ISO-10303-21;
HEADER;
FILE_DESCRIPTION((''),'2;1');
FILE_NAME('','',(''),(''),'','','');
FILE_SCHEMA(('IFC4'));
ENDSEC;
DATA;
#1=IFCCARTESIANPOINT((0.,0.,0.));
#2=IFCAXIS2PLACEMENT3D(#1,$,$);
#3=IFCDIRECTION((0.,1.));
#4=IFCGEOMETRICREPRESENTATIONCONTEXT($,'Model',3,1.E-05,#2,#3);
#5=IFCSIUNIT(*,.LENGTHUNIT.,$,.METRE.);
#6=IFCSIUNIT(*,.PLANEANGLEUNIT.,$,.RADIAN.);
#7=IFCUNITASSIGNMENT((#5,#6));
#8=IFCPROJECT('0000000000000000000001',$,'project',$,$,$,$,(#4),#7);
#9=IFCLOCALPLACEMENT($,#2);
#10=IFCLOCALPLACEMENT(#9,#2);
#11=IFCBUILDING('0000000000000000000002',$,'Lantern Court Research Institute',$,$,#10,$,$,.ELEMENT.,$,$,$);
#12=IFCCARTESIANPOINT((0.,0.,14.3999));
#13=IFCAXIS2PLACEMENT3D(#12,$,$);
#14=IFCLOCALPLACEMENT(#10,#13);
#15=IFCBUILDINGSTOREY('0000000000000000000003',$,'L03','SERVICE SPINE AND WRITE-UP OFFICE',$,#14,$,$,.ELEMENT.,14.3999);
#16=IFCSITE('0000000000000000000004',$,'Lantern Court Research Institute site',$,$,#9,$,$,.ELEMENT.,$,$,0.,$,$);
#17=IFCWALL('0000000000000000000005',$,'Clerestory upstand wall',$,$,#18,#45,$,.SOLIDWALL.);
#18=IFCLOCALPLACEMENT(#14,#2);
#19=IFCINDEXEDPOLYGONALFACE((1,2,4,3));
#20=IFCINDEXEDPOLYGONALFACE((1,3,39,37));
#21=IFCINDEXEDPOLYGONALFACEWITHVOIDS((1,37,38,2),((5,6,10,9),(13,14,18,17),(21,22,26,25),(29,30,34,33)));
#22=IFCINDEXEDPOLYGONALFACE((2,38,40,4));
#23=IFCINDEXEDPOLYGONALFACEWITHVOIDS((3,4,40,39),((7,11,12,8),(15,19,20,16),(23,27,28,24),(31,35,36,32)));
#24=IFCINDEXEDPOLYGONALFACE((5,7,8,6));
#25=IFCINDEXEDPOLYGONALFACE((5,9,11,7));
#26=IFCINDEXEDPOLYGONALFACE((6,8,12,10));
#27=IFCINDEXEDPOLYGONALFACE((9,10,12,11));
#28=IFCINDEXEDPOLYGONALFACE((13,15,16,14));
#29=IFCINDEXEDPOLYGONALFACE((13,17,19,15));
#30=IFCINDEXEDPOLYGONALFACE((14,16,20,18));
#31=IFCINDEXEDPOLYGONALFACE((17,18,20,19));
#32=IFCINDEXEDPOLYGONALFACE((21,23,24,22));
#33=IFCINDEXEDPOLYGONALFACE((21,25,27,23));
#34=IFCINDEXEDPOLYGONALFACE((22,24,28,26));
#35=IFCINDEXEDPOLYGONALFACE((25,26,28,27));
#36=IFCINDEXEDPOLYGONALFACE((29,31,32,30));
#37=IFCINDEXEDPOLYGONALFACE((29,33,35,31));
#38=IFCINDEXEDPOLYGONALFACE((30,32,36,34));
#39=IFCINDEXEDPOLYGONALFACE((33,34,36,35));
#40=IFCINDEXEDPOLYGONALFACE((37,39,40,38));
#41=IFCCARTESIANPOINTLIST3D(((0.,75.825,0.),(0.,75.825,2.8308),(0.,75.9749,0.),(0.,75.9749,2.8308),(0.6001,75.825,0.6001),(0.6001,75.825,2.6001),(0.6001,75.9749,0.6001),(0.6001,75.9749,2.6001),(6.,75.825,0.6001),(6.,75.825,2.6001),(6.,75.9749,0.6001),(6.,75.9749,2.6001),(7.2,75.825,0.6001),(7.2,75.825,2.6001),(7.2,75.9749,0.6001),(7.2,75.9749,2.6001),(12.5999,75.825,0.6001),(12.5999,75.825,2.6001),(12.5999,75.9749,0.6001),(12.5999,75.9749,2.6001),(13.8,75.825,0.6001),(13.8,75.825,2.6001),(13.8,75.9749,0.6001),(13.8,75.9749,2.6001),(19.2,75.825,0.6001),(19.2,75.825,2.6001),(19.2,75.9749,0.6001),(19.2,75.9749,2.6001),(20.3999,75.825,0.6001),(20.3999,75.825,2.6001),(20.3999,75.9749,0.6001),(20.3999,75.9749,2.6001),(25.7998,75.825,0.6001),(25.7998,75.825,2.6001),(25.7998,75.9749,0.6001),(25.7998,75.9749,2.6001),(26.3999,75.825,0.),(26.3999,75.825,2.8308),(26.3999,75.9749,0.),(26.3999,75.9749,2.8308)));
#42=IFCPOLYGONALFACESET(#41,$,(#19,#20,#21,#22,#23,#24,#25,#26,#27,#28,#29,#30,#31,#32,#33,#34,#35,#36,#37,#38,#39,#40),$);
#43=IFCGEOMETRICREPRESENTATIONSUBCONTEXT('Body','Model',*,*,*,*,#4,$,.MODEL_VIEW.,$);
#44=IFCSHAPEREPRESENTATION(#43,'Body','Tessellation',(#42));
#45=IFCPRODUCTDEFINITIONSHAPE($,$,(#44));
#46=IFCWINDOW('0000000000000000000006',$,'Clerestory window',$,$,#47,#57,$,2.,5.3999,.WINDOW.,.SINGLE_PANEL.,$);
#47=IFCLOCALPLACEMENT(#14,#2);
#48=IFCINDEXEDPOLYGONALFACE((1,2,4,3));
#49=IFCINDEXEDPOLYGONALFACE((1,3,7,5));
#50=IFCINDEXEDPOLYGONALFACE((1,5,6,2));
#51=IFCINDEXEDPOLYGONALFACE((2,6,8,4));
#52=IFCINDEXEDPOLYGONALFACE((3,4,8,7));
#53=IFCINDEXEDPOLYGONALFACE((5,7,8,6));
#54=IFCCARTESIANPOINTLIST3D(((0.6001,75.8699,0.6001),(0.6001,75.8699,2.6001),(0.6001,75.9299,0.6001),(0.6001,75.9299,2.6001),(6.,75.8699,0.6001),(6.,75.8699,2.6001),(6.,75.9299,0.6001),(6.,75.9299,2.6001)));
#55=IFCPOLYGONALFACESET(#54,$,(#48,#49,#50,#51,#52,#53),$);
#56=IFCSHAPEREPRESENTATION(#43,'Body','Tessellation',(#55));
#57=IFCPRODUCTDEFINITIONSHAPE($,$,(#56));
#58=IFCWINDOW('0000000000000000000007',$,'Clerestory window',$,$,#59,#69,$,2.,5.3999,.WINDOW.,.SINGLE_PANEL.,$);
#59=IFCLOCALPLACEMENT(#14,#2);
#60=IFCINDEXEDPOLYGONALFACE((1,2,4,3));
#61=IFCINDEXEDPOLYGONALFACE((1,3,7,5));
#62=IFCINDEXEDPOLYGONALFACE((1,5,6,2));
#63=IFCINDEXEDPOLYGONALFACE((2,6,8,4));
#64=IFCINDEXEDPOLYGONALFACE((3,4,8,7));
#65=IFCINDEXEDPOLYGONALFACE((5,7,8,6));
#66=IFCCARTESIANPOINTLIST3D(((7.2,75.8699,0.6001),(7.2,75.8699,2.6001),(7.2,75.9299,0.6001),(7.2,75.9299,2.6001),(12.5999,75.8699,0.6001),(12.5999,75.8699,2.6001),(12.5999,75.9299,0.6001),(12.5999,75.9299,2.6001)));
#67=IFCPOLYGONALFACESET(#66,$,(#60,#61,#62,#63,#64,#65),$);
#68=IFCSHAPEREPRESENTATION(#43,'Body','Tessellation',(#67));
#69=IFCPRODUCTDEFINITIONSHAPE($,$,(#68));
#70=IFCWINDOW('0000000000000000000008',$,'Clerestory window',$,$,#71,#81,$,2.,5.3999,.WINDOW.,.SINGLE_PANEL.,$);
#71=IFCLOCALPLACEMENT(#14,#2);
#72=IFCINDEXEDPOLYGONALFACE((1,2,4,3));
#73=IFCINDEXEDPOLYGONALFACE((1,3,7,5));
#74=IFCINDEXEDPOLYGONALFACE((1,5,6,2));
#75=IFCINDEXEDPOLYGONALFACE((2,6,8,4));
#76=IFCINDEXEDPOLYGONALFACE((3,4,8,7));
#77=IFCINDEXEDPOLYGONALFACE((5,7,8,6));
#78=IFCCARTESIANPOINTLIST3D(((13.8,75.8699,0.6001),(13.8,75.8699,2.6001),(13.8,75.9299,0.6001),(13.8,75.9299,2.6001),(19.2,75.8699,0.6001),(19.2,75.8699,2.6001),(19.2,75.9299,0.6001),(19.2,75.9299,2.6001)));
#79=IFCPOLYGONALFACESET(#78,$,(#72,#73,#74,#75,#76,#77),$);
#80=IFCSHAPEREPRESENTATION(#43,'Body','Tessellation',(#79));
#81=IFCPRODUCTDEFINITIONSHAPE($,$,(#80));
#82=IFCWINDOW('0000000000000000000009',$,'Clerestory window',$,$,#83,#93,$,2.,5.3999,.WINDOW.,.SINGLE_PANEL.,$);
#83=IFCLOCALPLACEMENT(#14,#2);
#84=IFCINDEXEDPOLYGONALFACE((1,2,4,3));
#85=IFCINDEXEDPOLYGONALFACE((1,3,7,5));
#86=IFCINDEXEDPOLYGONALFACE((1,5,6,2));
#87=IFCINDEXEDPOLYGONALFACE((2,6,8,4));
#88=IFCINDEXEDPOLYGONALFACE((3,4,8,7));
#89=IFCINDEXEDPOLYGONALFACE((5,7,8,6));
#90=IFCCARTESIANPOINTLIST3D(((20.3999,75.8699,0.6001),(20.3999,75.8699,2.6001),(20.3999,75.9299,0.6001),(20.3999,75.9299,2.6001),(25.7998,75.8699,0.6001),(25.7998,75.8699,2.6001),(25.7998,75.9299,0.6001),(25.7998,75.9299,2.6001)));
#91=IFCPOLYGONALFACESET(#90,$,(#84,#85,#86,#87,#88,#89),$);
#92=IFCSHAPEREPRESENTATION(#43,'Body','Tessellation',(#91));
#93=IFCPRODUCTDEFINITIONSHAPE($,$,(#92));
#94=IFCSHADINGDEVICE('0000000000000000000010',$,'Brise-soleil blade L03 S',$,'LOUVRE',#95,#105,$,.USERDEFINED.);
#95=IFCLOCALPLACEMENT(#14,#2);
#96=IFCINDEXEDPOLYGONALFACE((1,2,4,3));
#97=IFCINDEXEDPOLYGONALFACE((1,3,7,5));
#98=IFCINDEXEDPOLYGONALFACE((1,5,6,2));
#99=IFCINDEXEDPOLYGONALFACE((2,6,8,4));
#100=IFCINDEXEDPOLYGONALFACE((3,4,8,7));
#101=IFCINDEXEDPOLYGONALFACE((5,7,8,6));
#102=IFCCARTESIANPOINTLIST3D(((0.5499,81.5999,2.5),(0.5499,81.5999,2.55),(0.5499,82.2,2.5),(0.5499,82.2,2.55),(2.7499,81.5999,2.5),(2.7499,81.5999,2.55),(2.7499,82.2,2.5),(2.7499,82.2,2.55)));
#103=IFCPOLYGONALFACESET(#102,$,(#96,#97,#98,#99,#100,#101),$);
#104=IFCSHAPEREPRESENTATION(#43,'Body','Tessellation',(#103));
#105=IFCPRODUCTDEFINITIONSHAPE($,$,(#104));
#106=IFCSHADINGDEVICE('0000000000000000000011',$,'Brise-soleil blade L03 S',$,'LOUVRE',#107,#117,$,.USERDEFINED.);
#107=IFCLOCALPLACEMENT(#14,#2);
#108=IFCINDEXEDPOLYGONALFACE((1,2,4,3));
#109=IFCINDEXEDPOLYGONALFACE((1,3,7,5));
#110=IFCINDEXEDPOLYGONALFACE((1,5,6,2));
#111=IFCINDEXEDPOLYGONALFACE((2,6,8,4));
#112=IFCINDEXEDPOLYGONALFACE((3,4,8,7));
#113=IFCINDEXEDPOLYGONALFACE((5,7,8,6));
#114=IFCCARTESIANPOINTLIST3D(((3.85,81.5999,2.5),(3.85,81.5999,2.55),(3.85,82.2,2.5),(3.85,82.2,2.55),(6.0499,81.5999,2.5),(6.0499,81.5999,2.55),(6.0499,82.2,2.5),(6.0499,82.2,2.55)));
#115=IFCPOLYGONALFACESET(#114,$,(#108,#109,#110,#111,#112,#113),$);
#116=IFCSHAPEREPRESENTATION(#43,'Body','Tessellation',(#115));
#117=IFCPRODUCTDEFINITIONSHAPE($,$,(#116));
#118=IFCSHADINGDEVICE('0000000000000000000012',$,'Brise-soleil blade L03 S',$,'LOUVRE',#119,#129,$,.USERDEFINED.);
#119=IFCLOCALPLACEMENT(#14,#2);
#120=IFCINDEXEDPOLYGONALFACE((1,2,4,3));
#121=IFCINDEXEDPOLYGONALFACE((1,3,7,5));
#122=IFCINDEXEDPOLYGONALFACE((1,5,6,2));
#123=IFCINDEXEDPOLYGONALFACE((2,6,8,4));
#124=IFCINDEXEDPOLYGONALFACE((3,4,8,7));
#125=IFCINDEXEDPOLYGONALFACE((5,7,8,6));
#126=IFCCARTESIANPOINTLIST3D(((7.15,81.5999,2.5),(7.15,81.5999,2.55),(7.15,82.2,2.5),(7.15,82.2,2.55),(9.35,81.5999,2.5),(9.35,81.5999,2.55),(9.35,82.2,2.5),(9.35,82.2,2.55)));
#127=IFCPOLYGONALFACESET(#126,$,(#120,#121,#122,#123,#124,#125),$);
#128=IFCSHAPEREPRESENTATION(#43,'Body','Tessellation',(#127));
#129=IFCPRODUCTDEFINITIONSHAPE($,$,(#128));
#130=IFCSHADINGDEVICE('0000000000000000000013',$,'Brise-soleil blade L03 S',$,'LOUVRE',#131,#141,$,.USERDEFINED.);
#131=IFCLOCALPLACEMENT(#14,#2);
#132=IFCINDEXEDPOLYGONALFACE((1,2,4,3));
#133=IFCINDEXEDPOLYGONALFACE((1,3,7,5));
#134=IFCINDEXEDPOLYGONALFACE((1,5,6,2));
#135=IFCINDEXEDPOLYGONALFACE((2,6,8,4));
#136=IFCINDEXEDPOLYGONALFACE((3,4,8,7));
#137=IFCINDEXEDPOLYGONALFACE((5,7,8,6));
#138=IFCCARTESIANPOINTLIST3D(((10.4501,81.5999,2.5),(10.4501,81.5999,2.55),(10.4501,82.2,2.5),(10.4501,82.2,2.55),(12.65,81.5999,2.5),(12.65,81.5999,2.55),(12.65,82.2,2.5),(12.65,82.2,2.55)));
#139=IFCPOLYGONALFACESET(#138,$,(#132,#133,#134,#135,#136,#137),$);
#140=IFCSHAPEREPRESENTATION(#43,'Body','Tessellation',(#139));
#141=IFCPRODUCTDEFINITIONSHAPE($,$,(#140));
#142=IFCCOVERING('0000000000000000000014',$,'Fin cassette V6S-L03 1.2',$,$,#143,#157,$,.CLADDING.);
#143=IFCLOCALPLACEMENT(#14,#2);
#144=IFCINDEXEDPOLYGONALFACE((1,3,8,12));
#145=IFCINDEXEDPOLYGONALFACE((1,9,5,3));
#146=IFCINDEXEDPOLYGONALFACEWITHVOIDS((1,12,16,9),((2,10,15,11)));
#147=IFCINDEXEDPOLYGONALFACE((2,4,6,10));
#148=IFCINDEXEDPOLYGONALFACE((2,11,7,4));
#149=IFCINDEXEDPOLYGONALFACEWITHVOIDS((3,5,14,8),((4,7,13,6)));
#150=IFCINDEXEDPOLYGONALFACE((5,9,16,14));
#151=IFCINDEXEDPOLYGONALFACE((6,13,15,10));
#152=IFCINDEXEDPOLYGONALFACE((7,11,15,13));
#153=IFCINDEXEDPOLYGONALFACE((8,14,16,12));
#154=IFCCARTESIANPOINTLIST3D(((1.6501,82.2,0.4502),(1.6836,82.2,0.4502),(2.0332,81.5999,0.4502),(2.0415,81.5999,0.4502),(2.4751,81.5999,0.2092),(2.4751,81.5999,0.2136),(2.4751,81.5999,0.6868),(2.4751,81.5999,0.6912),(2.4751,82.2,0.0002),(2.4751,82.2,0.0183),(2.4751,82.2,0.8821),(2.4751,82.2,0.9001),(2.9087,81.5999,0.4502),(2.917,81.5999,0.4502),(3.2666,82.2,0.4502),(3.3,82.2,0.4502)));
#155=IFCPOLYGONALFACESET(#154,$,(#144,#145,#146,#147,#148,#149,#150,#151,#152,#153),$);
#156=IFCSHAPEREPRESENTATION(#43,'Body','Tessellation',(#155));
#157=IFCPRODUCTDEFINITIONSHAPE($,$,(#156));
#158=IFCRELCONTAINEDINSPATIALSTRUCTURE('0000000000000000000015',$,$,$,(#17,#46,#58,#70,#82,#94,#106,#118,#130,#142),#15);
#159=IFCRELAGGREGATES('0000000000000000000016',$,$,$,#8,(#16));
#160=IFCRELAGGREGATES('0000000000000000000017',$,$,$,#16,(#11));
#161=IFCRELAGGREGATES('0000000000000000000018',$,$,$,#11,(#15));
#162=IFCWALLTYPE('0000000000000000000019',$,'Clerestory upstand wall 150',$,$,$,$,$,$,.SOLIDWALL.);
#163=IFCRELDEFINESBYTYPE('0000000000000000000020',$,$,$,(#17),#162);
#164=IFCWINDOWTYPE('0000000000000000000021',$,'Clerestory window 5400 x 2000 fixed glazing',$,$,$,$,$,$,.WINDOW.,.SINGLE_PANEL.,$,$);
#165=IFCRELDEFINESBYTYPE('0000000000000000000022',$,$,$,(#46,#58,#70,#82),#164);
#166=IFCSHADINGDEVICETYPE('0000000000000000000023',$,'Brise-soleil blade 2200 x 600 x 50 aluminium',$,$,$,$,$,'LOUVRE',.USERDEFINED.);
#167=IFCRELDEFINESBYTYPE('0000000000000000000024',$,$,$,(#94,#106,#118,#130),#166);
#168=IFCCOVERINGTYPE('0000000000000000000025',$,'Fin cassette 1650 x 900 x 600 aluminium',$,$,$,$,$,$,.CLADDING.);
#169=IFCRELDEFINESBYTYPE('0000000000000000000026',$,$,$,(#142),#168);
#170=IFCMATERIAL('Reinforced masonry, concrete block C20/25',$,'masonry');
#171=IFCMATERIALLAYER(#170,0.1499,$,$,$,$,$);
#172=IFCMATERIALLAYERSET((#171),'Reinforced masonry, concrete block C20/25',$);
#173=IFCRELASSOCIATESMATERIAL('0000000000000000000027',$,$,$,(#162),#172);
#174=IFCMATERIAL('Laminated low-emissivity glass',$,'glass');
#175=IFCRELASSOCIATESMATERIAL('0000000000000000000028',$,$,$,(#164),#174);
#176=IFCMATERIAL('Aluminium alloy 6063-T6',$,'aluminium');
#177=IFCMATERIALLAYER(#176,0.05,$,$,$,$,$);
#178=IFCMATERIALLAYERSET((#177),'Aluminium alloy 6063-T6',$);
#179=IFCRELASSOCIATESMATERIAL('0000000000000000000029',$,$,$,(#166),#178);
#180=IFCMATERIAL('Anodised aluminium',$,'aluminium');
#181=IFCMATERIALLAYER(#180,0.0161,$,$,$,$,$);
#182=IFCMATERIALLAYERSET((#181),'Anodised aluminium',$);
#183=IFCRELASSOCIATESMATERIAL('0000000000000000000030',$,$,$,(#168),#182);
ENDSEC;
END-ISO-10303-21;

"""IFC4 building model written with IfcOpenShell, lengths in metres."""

from ifc_helpers import new_model, entity, si_unit, direction, frame, frame_2d, origin, origin_2d, place, context, subcontext, project, spatial, rectangle, extrude, material, layer, layer_set, type_object, element, fill, save


model = new_model("IFC4")

# Units and contexts
model_context = context("Model", 3, precision=1e-05, world=origin(), true_north=direction((0.0, 1.0)))
body_context = subcontext(model_context, "Body", "Model", "MODEL_VIEW")
ifc_project = project(units=[si_unit("LENGTHUNIT", "METRE"), si_unit("PLANEANGLEUNIT", "RADIAN")], contexts=[model_context])

# Site, building, storey
site_placement = place(None, origin())
site = spatial("IfcSite", under=ifc_project, at=site_placement, Name="Lantern Court Research Institute site", CompositionType="ELEMENT", RefElevation=0.0)
building_placement = place(site_placement, origin())
building = spatial("IfcBuilding", under=site, at=building_placement, Name="Lantern Court Research Institute", CompositionType="ELEMENT")
storey_placement = place(building_placement, frame((0.0, 0.0, 14.3999)))
storey = spatial("IfcBuildingStorey", under=building, at=storey_placement, Name="L03", Description="SERVICE SPINE AND WRITE-UP OFFICE", CompositionType="ELEMENT", Elevation=14.3999)

# Wall, openings, windows
ifc_material_1 = material(Name="Reinforced masonry, concrete block C20/25", Category="masonry")
ifc_layer_1 = layer(ifc_material_1, 0.1499)
ifc_layer_set_1 = layer_set([ifc_layer_1], Name="Reinforced masonry, concrete block C20/25")
wall_type = type_object("IfcWallType", Name="Clerestory upstand wall 150", PredefinedType="SOLIDWALL", material=ifc_layer_set_1)
wall_placement = place(storey_placement, frame((0.0, 75.8999, 0.0), z_axis=(0.0, 0.0, 1.0), x_axis=(1.0, 0.0, 0.0)))
wall = element("IfcWall", 1, at=wall_placement, inside=storey, type_object=wall_type, Name="Clerestory upstand wall", PredefinedType="SOLIDWALL", context=body_context, shape_type="SweptSolid", body=[
    extrude(rectangle(XDim=26.3999, YDim=0.1499, at=frame_2d((13.2, 0.0))), origin(), (0.0, 0.0, 1.0), 2.8308),
])
opening_1_placement = place(wall_placement, frame((0.6001, 0.0, 0.6001)))
opening_1 = element("IfcOpeningElement", 2, at=opening_1_placement, cuts=wall, PredefinedType="OPENING", context=body_context, shape_type="SweptSolid", body=[
    extrude(rectangle(XDim=5.3999, YDim=2.0, at=frame_2d((2.7, 1.0))), frame((0.0, 0.085, 0.0), z_axis=(0.0, -1.0, 0.0), x_axis=(1.0, 0.0, 0.0)), (0.0, 0.0, 1.0), 0.1699),
])
opening_2_placement = place(wall_placement, frame((7.2, 0.0, 0.6001)))
opening_2 = element("IfcOpeningElement", 3, at=opening_2_placement, cuts=wall, PredefinedType="OPENING", context=body_context, shape_type="SweptSolid", body=[
    extrude(rectangle(XDim=5.3999, YDim=2.0, at=frame_2d((2.7, 1.0))), frame((0.0, 0.085, 0.0), z_axis=(0.0, -1.0, 0.0), x_axis=(1.0, 0.0, 0.0)), (0.0, 0.0, 1.0), 0.1699),
])
opening_3_placement = place(wall_placement, frame((13.8, 0.0, 0.6001)))
opening_3 = element("IfcOpeningElement", 4, at=opening_3_placement, cuts=wall, PredefinedType="OPENING", context=body_context, shape_type="SweptSolid", body=[
    extrude(rectangle(XDim=5.3999, YDim=2.0, at=frame_2d((2.7, 1.0))), frame((0.0, 0.085, 0.0), z_axis=(0.0, -1.0, 0.0), x_axis=(1.0, 0.0, 0.0)), (0.0, 0.0, 1.0), 0.1699),
])
opening_4_placement = place(wall_placement, frame((20.3999, 0.0, 0.6001)))
opening_4 = element("IfcOpeningElement", 5, at=opening_4_placement, cuts=wall, PredefinedType="OPENING", context=body_context, shape_type="SweptSolid", body=[
    extrude(rectangle(XDim=5.3999, YDim=2.0, at=frame_2d((2.7, 1.0))), frame((0.0, 0.085, 0.0), z_axis=(0.0, -1.0, 0.0), x_axis=(1.0, 0.0, 0.0)), (0.0, 0.0, 1.0), 0.1699),
])
ifc_material_2 = material(Name="Laminated low-emissivity glass", Category="glass")
window_type = type_object("IfcWindowType", Name="Clerestory window 5400 x 2000 fixed glazing", PartitioningType="SINGLE_PANEL", PredefinedType="WINDOW", material=ifc_material_2)
window_1_placement = place(opening_1_placement, origin())
window_1 = element("IfcWindow", 6, at=window_1_placement, inside=storey, type_object=window_type, Name="Clerestory window", OverallHeight=2.0, OverallWidth=5.3999, PartitioningType="SINGLE_PANEL", PredefinedType="WINDOW", context=body_context, shape_type="SweptSolid", body=[
    extrude(rectangle(XDim=5.3999, YDim=2.0, at=frame_2d((2.7, 1.0))), frame((0.0, 0.03, 0.0), z_axis=(0.0, -1.0, 0.0), x_axis=(1.0, 0.0, 0.0)), (0.0, 0.0, 1.0), 0.0601),
])
fill(opening_1, window_1)
window_2_placement = place(opening_2_placement, origin())
window_2 = element("IfcWindow", 7, at=window_2_placement, inside=storey, type_object=window_type, Name="Clerestory window", OverallHeight=2.0, OverallWidth=5.3999, PartitioningType="SINGLE_PANEL", PredefinedType="WINDOW", context=body_context, shape_type="SweptSolid", body=[
    extrude(rectangle(XDim=5.3999, YDim=2.0, at=frame_2d((2.7, 1.0))), frame((0.0, 0.03, 0.0), z_axis=(0.0, -1.0, 0.0), x_axis=(1.0, 0.0, 0.0)), (0.0, 0.0, 1.0), 0.0601),
])
fill(opening_2, window_2)
window_3_placement = place(opening_3_placement, origin())
window_3 = element("IfcWindow", 8, at=window_3_placement, inside=storey, type_object=window_type, Name="Clerestory window", OverallHeight=2.0, OverallWidth=5.3999, PartitioningType="SINGLE_PANEL", PredefinedType="WINDOW", context=body_context, shape_type="SweptSolid", body=[
    extrude(rectangle(XDim=5.3999, YDim=2.0, at=frame_2d((2.7, 1.0))), frame((0.0, 0.03, 0.0), z_axis=(0.0, -1.0, 0.0), x_axis=(1.0, 0.0, 0.0)), (0.0, 0.0, 1.0), 0.0601),
])
fill(opening_3, window_3)
window_4_placement = place(opening_4_placement, origin())
window_4 = element("IfcWindow", 9, at=window_4_placement, inside=storey, type_object=window_type, Name="Clerestory window", OverallHeight=2.0, OverallWidth=5.3999, PartitioningType="SINGLE_PANEL", PredefinedType="WINDOW", context=body_context, shape_type="SweptSolid", body=[
    extrude(rectangle(XDim=5.3999, YDim=2.0, at=frame_2d((2.7, 1.0))), frame((0.0, 0.03, 0.0), z_axis=(0.0, -1.0, 0.0), x_axis=(1.0, 0.0, 0.0)), (0.0, 0.0, 1.0), 0.0601),
])
fill(opening_4, window_4)

# Shading devices
ifc_material_3 = material(Name="Aluminium alloy 6063-T6", Category="aluminium")
ifc_layer_2 = layer(ifc_material_3, 0.05)
ifc_layer_set_2 = layer_set([ifc_layer_2], Name="Aluminium alloy 6063-T6")
shading_device_type = type_object("IfcShadingDeviceType", Name="Brise-soleil blade 2200 x 600 x 50 aluminium", ElementType="LOUVRE", PredefinedType="USERDEFINED", material=ifc_layer_set_2)
for number, where, z_axis, x_axis, name in (
    (10, (1.6499, 81.8999, 2.5), (0.0, 0.0, 1.0), (-1.0, 0.0, 0.0), "Brise-soleil blade L03 S"),
    (11, (4.95, 81.8999, 2.5), (0.0, 0.0, 1.0), (-1.0, 0.0, 0.0), "Brise-soleil blade L03 S"),
    (12, (8.25, 81.8999, 2.5), (0.0, 0.0, 1.0), (-1.0, 0.0, 0.0), "Brise-soleil blade L03 S"),
    (13, (11.55, 81.8999, 2.5), (0.0, 0.0, 1.0), (-1.0, 0.0, 0.0), "Brise-soleil blade L03 S"),
):
    element("IfcShadingDevice", number, at=place(storey_placement, frame(where, z_axis=z_axis, x_axis=x_axis)), inside=storey, type_object=shading_device_type, Name=name, ObjectType="LOUVRE", PredefinedType="USERDEFINED", context=body_context, shape_type="SweptSolid", body=[
        extrude(rectangle(XDim=2.2, YDim=0.6001, at=origin_2d()), origin(), (0.0, 0.0, 1.0), 0.05),
    ])

# Covering
ifc_material_4 = material(Name="Anodised aluminium", Category="aluminium")
ifc_layer_3 = layer(ifc_material_4, 0.0161)
ifc_layer_set_3 = layer_set([ifc_layer_3], Name="Anodised aluminium")
covering_type_1 = type_object("IfcCoveringType", Name="Fin cassette 1650 x 900 x 600 aluminium", PredefinedType="CLADDING", material=ifc_layer_set_3)
covering_1_placement = place(storey_placement, frame((2.4751, 82.2, 0.4502), z_axis=(0.0, -1.0, 0.0), x_axis=(1.0, 0.0, 0.0)))
cartesian_point_1 = entity("IfcCartesianPoint", [0.825, 0.0])
cartesian_point_2 = entity("IfcCartesianPoint", [0.7915, 0.0])
cartesian_point_3 = entity("IfcCartesianPoint", [0.4419, 0.0])
cartesian_point_4 = entity("IfcCartesianPoint", [0.4336, 0.0])
element("IfcCovering", 14, at=covering_1_placement, inside=storey, type_object=covering_type_1, Name="Fin cassette V6S-L03 1.2", PredefinedType="CLADDING", context=body_context, shape_type="SweptSolid", body=[
    entity("IfcExtrudedAreaSolidTapered", entity("IfcArbitraryProfileDefWithVoids", "AREA", None, entity("IfcPolyline", [cartesian_point_1, entity("IfcCartesianPoint", [0.0, 0.45]), entity("IfcCartesianPoint", [-0.825, 0.0]), entity("IfcCartesianPoint", [0.0, -0.45]), cartesian_point_1]), [entity("IfcPolyline", [cartesian_point_2, entity("IfcCartesianPoint", [0.0, 0.4319]), entity("IfcCartesianPoint", [-0.7915, 0.0]), entity("IfcCartesianPoint", [0.0, -0.4319]), cartesian_point_2])]), entity("IfcAxis2Placement3D", entity("IfcCartesianPoint", [0.0, 0.0, 0.0])), entity("IfcDirection", [0.0, 0.0, 1.0]), 0.6001, entity("IfcArbitraryProfileDefWithVoids", "AREA", None, entity("IfcPolyline", [cartesian_point_3, entity("IfcCartesianPoint", [0.0, 0.241]), entity("IfcCartesianPoint", [-0.4419, 0.0]), entity("IfcCartesianPoint", [0.0, -0.241]), cartesian_point_3]), [entity("IfcPolyline", [cartesian_point_4, entity("IfcCartesianPoint", [0.0, 0.2366]), entity("IfcCartesianPoint", [-0.4336, 0.0]), entity("IfcCartesianPoint", [0.0, -0.2366]), cartesian_point_4])])),
])

save(model, "model.ifc")
